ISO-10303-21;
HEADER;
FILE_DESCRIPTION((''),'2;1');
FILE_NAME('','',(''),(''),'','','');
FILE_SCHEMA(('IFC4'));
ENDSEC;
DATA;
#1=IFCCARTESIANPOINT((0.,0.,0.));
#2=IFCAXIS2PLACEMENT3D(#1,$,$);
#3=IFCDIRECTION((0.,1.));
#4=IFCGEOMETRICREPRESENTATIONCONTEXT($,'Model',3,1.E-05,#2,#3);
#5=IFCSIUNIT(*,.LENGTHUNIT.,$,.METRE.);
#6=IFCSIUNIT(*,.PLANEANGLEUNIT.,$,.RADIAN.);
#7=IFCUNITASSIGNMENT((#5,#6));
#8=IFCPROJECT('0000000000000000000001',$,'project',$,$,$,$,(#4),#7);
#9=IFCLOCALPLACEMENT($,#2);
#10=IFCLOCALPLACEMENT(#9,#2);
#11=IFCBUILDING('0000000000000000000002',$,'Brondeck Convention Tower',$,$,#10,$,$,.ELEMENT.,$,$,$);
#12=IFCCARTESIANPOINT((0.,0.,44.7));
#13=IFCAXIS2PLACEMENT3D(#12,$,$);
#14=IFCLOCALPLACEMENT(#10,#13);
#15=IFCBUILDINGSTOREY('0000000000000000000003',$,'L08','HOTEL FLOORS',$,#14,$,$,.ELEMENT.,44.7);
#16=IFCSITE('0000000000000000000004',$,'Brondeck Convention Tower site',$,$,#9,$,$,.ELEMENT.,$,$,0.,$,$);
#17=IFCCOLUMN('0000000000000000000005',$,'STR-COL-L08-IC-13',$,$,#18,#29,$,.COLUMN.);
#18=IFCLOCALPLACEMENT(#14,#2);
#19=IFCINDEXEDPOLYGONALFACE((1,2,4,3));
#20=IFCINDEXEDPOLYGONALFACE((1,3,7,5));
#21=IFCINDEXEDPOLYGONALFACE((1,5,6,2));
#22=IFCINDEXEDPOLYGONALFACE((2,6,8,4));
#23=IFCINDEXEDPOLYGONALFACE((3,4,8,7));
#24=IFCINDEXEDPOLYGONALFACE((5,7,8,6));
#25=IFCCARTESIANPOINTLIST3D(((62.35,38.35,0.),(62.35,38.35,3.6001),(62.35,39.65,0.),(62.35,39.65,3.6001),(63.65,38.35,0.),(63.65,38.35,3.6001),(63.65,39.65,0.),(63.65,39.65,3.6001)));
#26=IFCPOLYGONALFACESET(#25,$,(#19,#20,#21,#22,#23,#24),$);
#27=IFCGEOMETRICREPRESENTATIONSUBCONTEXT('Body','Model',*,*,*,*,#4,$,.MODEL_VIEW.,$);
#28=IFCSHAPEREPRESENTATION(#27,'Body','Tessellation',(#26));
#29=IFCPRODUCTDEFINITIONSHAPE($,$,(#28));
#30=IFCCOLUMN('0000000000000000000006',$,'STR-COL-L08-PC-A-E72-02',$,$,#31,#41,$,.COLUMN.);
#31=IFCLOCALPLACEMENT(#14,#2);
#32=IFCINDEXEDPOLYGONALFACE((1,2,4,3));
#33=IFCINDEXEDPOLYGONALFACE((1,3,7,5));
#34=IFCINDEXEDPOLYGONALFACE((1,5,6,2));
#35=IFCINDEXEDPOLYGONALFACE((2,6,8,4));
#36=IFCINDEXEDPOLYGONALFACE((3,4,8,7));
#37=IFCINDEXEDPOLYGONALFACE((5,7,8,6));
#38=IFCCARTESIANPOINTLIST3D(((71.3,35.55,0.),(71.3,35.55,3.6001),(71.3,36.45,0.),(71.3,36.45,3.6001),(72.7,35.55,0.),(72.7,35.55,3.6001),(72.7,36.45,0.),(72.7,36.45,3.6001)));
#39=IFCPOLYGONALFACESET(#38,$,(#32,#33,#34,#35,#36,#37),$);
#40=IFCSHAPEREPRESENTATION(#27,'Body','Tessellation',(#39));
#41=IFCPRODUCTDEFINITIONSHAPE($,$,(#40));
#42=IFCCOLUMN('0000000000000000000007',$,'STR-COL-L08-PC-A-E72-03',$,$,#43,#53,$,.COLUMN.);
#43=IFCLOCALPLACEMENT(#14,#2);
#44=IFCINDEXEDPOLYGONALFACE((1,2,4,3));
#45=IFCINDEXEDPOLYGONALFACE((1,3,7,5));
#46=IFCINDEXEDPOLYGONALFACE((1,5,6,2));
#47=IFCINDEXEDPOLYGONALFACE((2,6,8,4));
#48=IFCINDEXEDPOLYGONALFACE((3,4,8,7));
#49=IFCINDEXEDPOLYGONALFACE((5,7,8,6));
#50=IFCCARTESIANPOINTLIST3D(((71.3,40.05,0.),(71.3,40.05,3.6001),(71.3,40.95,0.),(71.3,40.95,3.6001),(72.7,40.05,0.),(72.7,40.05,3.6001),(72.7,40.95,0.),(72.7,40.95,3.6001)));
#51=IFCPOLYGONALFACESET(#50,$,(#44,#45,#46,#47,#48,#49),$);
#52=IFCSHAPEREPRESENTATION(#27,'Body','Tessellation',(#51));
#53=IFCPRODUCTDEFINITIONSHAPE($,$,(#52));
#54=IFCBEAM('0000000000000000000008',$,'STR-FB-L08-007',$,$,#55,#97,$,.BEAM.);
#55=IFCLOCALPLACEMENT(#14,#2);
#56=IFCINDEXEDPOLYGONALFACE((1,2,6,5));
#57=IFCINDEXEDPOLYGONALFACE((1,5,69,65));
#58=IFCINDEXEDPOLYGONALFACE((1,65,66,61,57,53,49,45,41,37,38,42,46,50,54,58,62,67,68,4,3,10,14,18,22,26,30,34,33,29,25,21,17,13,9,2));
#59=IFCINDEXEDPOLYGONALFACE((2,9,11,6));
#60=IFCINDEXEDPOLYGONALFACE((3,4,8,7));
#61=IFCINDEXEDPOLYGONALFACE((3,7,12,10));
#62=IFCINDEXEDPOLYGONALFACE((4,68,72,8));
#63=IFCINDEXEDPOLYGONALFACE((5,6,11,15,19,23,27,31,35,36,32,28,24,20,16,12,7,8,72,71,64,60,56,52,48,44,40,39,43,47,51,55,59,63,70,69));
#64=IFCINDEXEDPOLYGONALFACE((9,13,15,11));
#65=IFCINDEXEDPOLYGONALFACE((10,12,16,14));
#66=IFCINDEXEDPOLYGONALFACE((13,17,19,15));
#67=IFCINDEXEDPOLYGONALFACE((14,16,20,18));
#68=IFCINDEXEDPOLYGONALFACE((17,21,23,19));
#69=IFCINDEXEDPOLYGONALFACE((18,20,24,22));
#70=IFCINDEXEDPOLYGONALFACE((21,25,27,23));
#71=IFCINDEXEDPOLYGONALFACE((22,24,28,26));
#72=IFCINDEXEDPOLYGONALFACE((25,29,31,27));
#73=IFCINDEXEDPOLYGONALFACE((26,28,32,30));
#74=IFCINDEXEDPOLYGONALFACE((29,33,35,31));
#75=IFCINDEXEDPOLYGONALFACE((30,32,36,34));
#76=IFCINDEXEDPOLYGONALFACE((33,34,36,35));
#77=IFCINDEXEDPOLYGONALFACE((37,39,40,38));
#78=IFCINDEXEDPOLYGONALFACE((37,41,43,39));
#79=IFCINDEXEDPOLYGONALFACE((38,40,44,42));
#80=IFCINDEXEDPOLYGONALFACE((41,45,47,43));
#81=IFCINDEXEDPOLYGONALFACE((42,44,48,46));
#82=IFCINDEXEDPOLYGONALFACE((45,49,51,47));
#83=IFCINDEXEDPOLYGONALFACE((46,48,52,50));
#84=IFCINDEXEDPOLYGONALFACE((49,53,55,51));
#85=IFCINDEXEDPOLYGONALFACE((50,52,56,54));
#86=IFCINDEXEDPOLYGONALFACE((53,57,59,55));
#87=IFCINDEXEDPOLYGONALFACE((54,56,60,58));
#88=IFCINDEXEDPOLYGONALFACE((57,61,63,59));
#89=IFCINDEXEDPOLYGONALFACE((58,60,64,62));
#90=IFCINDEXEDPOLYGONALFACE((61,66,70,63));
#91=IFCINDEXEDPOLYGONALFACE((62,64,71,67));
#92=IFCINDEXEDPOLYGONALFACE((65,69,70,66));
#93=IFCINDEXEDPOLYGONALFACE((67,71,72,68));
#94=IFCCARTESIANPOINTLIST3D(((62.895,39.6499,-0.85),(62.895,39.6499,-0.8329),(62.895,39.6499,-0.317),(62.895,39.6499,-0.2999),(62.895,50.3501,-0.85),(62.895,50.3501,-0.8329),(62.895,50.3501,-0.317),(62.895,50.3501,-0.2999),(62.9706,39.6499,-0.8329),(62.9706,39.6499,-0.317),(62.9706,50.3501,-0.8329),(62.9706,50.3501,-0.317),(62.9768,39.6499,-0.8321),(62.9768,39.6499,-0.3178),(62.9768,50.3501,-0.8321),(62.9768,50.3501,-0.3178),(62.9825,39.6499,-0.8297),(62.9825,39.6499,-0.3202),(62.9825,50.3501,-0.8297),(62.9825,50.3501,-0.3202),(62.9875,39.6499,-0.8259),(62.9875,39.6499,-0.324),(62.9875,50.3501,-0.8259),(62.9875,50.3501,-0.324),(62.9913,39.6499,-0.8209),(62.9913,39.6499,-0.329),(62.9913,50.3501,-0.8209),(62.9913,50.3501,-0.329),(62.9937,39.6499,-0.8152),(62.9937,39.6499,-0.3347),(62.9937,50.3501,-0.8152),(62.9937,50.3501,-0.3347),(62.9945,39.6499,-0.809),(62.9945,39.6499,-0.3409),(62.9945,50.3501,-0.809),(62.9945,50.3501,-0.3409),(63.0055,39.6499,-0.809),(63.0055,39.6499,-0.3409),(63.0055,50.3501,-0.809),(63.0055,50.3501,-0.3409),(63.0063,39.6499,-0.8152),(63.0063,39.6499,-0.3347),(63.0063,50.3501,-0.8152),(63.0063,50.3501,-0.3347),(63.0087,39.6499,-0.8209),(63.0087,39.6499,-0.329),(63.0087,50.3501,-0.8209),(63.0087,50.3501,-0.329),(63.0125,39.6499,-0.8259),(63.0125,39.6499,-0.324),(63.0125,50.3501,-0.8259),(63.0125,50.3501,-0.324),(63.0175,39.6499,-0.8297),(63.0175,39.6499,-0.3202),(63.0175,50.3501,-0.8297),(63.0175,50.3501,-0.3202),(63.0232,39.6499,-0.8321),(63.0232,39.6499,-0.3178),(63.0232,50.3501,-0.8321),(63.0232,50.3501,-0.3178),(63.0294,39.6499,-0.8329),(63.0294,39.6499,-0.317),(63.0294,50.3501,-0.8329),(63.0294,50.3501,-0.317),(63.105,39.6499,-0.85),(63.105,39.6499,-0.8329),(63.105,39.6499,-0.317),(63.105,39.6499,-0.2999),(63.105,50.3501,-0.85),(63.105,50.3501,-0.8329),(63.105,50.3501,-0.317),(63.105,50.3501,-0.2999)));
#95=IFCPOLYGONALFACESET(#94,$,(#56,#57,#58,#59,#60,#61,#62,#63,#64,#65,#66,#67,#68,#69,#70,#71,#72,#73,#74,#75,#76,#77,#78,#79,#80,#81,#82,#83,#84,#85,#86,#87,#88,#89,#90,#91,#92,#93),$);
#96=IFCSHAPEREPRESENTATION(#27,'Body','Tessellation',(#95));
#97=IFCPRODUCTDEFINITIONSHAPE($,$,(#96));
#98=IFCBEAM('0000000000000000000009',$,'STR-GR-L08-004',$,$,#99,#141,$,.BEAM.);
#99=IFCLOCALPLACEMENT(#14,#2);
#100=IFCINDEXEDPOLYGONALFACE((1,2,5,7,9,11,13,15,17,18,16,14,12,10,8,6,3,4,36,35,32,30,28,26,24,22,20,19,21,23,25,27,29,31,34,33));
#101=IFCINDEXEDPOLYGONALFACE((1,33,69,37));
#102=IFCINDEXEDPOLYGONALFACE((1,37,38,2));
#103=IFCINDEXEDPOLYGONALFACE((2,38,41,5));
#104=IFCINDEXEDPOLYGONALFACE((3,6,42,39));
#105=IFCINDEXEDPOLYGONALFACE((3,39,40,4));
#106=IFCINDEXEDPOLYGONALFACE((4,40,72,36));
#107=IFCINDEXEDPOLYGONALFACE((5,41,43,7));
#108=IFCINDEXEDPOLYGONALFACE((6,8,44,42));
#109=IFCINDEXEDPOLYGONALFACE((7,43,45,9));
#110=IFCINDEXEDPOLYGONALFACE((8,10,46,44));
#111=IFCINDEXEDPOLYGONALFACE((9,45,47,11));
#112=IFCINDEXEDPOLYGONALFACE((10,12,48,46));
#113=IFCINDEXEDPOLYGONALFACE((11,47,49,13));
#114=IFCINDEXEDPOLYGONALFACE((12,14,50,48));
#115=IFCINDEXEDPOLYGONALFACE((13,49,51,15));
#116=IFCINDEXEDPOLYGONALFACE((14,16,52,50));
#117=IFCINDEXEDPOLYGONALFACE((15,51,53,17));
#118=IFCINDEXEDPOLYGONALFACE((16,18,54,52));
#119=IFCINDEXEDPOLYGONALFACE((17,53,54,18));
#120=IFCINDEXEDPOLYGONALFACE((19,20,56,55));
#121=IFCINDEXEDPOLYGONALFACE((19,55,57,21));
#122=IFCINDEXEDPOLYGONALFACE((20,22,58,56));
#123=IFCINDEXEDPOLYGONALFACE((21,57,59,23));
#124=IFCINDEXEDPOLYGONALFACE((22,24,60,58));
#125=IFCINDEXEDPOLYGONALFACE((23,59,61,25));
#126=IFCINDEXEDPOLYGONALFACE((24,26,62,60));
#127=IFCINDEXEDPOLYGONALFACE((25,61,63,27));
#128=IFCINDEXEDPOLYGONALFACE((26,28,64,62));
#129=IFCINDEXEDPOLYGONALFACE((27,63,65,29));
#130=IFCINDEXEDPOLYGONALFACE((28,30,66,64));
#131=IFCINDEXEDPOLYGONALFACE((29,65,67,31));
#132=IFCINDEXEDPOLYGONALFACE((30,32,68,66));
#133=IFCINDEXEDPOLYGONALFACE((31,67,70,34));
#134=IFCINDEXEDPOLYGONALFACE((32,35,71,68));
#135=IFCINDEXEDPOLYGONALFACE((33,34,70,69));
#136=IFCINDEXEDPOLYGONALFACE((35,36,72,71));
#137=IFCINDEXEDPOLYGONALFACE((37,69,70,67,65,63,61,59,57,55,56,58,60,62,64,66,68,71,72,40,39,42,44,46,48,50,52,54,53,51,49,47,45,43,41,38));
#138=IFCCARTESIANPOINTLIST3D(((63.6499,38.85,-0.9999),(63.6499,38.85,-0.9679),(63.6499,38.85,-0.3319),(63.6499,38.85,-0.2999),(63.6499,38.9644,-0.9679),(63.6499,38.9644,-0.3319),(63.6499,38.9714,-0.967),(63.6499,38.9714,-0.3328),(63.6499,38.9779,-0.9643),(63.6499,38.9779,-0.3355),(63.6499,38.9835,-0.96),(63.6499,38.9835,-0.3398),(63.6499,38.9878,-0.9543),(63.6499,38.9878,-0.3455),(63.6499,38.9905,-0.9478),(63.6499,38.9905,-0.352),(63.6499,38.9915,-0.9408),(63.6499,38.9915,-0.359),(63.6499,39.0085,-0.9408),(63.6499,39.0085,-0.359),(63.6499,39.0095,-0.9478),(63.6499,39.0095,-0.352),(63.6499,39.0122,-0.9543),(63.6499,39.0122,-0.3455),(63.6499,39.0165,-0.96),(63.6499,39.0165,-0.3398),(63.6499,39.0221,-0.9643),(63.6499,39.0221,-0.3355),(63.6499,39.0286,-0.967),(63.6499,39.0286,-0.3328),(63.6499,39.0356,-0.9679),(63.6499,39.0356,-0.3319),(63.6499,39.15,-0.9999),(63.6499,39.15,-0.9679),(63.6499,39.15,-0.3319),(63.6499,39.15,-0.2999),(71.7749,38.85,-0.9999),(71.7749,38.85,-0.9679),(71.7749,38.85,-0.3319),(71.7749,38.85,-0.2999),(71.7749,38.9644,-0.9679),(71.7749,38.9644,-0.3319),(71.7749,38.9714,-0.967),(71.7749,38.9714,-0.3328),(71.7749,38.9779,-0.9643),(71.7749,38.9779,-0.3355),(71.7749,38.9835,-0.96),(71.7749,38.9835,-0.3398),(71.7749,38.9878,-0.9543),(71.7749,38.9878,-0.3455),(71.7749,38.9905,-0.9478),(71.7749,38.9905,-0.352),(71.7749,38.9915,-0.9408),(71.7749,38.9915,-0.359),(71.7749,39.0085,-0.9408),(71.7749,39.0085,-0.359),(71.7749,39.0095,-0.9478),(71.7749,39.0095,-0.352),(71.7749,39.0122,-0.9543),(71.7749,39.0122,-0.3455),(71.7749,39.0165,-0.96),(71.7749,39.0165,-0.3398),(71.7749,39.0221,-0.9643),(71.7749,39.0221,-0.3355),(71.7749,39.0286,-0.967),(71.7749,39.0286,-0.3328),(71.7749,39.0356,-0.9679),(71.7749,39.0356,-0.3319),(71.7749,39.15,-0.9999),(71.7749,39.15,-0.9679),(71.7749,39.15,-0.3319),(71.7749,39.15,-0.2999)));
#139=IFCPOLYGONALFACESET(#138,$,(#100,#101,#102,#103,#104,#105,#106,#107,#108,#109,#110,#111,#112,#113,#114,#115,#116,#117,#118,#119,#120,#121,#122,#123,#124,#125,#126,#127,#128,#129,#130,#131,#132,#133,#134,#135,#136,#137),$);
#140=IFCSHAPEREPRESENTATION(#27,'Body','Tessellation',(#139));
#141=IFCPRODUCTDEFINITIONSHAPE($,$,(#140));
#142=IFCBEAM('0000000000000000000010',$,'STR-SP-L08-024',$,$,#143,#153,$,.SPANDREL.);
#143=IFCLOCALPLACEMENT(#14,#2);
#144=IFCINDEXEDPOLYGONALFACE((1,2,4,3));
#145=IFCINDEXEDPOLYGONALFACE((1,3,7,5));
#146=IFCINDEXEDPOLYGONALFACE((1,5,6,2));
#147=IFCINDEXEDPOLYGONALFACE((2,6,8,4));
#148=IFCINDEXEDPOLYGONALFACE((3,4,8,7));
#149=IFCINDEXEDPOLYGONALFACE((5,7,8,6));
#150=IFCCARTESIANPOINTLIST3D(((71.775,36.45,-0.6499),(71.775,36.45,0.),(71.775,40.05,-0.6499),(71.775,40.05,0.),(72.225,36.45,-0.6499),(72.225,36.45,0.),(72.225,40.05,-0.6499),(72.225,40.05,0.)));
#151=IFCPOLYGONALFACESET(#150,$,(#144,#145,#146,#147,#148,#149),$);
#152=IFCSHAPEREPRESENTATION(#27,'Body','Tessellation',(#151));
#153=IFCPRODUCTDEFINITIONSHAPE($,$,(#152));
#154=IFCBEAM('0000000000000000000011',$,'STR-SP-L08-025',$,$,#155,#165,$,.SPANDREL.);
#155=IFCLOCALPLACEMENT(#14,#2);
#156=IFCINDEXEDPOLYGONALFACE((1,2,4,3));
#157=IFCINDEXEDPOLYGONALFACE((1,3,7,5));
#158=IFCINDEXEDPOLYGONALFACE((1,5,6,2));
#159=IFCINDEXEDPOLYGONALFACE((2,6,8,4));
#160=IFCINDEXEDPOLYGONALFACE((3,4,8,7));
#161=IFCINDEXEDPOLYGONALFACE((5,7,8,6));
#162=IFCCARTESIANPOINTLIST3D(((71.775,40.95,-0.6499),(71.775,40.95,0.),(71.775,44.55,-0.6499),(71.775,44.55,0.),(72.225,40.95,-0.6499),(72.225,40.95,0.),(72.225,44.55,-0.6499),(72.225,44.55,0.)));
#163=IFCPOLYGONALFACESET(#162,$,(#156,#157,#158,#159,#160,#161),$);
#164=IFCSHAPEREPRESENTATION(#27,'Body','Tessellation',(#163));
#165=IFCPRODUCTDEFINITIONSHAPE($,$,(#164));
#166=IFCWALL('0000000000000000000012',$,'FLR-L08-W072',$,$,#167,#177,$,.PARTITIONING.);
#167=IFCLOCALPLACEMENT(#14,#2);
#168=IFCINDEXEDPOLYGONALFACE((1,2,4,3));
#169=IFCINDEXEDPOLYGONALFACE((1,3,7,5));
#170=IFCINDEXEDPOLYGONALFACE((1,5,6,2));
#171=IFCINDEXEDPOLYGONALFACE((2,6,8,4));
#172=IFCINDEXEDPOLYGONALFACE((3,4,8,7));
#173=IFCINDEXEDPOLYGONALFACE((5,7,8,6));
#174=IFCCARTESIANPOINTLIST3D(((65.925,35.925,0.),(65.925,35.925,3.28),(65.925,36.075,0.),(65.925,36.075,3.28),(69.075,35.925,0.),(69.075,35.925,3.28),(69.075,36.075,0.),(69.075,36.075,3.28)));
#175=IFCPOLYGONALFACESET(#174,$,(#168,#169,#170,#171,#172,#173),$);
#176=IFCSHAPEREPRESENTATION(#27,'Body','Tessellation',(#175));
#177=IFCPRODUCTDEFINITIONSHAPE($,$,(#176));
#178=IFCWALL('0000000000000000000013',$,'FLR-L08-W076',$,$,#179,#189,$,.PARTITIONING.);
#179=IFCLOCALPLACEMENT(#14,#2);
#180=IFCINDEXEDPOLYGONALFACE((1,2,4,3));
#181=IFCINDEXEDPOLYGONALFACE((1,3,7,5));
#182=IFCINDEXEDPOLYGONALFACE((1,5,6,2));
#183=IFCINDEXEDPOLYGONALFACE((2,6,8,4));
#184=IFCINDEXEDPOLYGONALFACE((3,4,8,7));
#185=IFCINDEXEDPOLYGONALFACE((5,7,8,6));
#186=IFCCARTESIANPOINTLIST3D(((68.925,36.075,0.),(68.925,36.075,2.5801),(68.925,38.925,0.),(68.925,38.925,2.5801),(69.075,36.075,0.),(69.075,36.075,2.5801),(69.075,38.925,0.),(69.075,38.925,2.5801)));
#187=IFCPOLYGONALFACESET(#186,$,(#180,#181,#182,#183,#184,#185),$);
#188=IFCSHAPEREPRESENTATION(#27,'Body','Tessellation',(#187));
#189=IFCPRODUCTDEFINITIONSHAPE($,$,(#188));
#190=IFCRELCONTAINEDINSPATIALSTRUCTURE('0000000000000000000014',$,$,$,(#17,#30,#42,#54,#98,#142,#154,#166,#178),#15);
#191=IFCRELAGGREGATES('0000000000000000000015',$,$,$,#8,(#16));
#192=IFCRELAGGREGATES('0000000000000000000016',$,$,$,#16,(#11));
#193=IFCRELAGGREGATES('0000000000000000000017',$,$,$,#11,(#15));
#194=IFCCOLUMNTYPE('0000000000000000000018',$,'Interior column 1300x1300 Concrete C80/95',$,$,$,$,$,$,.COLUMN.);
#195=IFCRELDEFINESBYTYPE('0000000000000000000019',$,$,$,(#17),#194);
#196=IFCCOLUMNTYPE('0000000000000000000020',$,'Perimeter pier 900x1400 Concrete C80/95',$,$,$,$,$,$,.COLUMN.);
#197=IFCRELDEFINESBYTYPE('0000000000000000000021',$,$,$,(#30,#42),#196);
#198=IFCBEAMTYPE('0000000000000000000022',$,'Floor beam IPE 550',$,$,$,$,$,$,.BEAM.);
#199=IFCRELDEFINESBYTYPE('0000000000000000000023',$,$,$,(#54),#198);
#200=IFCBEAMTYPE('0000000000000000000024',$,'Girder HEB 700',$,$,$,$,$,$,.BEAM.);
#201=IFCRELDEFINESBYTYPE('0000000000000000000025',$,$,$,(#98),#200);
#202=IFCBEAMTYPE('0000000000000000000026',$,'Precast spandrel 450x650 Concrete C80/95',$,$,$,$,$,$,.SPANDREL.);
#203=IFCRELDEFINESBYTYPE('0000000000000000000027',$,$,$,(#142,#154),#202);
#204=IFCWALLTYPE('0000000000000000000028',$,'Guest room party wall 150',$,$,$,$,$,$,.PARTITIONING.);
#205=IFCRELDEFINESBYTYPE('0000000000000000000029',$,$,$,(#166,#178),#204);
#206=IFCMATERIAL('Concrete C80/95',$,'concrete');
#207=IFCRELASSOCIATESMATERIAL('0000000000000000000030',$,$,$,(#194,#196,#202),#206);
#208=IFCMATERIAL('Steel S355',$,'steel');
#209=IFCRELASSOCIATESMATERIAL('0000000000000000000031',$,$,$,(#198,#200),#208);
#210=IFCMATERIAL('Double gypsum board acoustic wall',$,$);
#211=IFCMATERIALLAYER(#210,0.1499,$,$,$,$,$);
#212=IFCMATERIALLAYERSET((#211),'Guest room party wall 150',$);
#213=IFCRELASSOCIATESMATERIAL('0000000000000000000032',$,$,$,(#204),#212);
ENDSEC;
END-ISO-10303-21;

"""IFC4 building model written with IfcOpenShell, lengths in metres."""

from ifc_helpers import new_model, si_unit, direction, frame, frame_2d, origin, origin_2d, place, context, subcontext, project, spatial, rectangle, i_section, extrude, material, layer, layer_set, material_profile, profile_set, type_object, element, save


model = new_model("IFC4")

# Units and contexts
model_context = context("Model", 3, precision=1e-05, world=origin(), true_north=direction((0.0, 1.0)))
body_context = subcontext(model_context, "Body", "Model", "MODEL_VIEW")
ifc_project = project(units=[si_unit("LENGTHUNIT", "METRE"), si_unit("PLANEANGLEUNIT", "RADIAN")], contexts=[model_context])

# Site, building, storey
site_placement = place(None, origin())
site = spatial("IfcSite", under=ifc_project, at=site_placement, Name="Brondeck Convention Tower site", CompositionType="ELEMENT", RefElevation=0.0)
building_placement = place(site_placement, origin())
building = spatial("IfcBuilding", under=site, at=building_placement, Name="Brondeck Convention Tower", CompositionType="ELEMENT")
storey_placement = place(building_placement, frame((0.0, 0.0, 44.7)))
storey = spatial("IfcBuildingStorey", under=building, at=storey_placement, Name="L08", Description="HOTEL FLOORS", CompositionType="ELEMENT", Elevation=44.7)

# Columns
ifc_material_1 = material(Name="Concrete C80/95", Category="concrete")
ifc_material_profile_1 = material_profile(ifc_material_1, rectangle(XDim=1.3, YDim=1.3, at=origin_2d()), Name="Interior column 1300x1300 Concrete C80/95")
ifc_profile_set_1 = profile_set([ifc_material_profile_1], Name="Concrete C80/95")
column_type_1 = type_object("IfcColumnType", Name="Interior column 1300x1300 Concrete C80/95", PredefinedType="COLUMN", material=ifc_profile_set_1)
column_placement = place(storey_placement, frame((63.0, 39.0, 0.0), z_axis=(0.0, 0.0, 1.0), x_axis=(1.0, 0.0, 0.0)))
element("IfcColumn", 1, at=column_placement, inside=storey, type_object=column_type_1, Name="STR-COL-L08-IC-13", PredefinedType="COLUMN", context=body_context, shape_type="SweptSolid", body=[
    extrude(rectangle(XDim=1.3, YDim=1.3, at=origin_2d()), origin(), (0.0, 0.0, 1.0), 3.6001),
])
ifc_material_profile_2 = material_profile(ifc_material_1, rectangle(XDim=0.8999, YDim=1.3999, at=origin_2d()), Name="Perimeter pier 900x1400 Concrete C80/95")
ifc_profile_set_2 = profile_set([ifc_material_profile_2], Name="Concrete C80/95")
column_type_2 = type_object("IfcColumnType", Name="Perimeter pier 900x1400 Concrete C80/95", PredefinedType="COLUMN", material=ifc_profile_set_2)
for number, where, z_axis, x_axis, name in (
    (2, (72.0, 36.0, 0.0), (0.0, 0.0, 1.0), (0.0, 1.0, 0.0), "STR-COL-L08-PC-A-E72-02"),
    (3, (72.0, 40.5, 0.0), (0.0, 0.0, 1.0), (0.0, 1.0, 0.0), "STR-COL-L08-PC-A-E72-03"),
):
    element("IfcColumn", number, at=place(storey_placement, frame(where, z_axis=z_axis, x_axis=x_axis)), inside=storey, type_object=column_type_2, Name=name, PredefinedType="COLUMN", context=body_context, shape_type="SweptSolid", body=[
        extrude(rectangle(XDim=0.8999, YDim=1.3999, at=origin_2d()), origin(), (0.0, 0.0, 1.0), 3.6001),
    ])

# Beams
ifc_material_2 = material(Name="Steel S355", Category="steel")
ifc_material_profile_3 = material_profile(ifc_material_2, i_section(OverallWidth=0.21, OverallDepth=0.55, WebThickness=0.011, FlangeThickness=0.0171, FilletRadius=0.0239, at=origin_2d()), Name="IPE 550")
ifc_profile_set_3 = profile_set([ifc_material_profile_3], Name="Steel S355")
beam_type_1 = type_object("IfcBeamType", Name="Floor beam IPE 550", PredefinedType="BEAM", material=ifc_profile_set_3)
beam_1_placement = place(storey_placement, frame((63.0, 39.6499, -0.575), z_axis=(0.0, 1.0, 0.0), x_axis=(-1.0, 0.0, 0.0)))
element("IfcBeam", 4, at=beam_1_placement, inside=storey, type_object=beam_type_1, Name="STR-FB-L08-007", PredefinedType="BEAM", context=body_context, shape_type="SweptSolid", body=[
    extrude(i_section(OverallWidth=0.21, OverallDepth=0.55, WebThickness=0.011, FlangeThickness=0.0171, FilletRadius=0.0239, at=origin_2d()), origin(), (0.0, 0.0, 1.0), 10.7002),
])
ifc_material_profile_4 = material_profile(ifc_material_2, i_section(OverallWidth=0.3, OverallDepth=0.7, WebThickness=0.0171, FlangeThickness=0.032, FilletRadius=0.0271, at=origin_2d()), Name="HEB 700")
ifc_profile_set_4 = profile_set([ifc_material_profile_4], Name="Steel S355")
beam_type_2 = type_object("IfcBeamType", Name="Girder HEB 700", PredefinedType="BEAM", material=ifc_profile_set_4)
beam_2_placement = place(storey_placement, frame((63.6499, 39.0, -0.6499), z_axis=(1.0, 0.0, 0.0), x_axis=(0.0, 1.0, 0.0)))
element("IfcBeam", 5, at=beam_2_placement, inside=storey, type_object=beam_type_2, Name="STR-GR-L08-004", PredefinedType="BEAM", context=body_context, shape_type="SweptSolid", body=[
    extrude(i_section(OverallWidth=0.3, OverallDepth=0.7, WebThickness=0.0171, FlangeThickness=0.032, FilletRadius=0.0271, at=origin_2d()), origin(), (0.0, 0.0, 1.0), 8.125),
])
ifc_material_profile_5 = material_profile(ifc_material_1, rectangle(XDim=0.45, YDim=0.6499, at=origin_2d()), Name="Precast spandrel 450x650 Concrete C80/95")
ifc_profile_set_5 = profile_set([ifc_material_profile_5], Name="Concrete C80/95")
beam_type_3 = type_object("IfcBeamType", Name="Precast spandrel 450x650 Concrete C80/95", PredefinedType="SPANDREL", material=ifc_profile_set_5)
for number, where, z_axis, x_axis, name in (
    (6, (72.0, 36.45, -0.325), (0.0, 1.0, 0.0), (-1.0, 0.0, 0.0), "STR-SP-L08-024"),
    (7, (72.0, 40.95, -0.325), (0.0, 1.0, 0.0), (-1.0, 0.0, 0.0), "STR-SP-L08-025"),
):
    element("IfcBeam", number, at=place(storey_placement, frame(where, z_axis=z_axis, x_axis=x_axis)), inside=storey, type_object=beam_type_3, Name=name, PredefinedType="SPANDREL", context=body_context, shape_type="SweptSolid", body=[
        extrude(rectangle(XDim=0.45, YDim=0.6499, at=origin_2d()), origin(), (0.0, 0.0, 1.0), 3.6001),
    ])

# Walls
ifc_material_3 = material(Name="Double gypsum board acoustic wall")
ifc_layer_1 = layer(ifc_material_3, 0.1499)
ifc_layer_set_1 = layer_set([ifc_layer_1], Name="Guest room party wall 150")
wall_type_1 = type_object("IfcWallType", Name="Guest room party wall 150", PredefinedType="PARTITIONING", material=ifc_layer_set_1)
wall_1_placement = place(storey_placement, frame((65.925, 36.0, 0.0), z_axis=(0.0, 0.0, 1.0), x_axis=(1.0, 0.0, 0.0)))
element("IfcWall", 8, at=wall_1_placement, inside=storey, type_object=wall_type_1, Name="FLR-L08-W072", PredefinedType="PARTITIONING", context=body_context, shape_type="SweptSolid", body=[
    extrude(rectangle(XDim=3.1499, YDim=0.1499, at=frame_2d((1.575, 0.0))), origin(), (0.0, 0.0, 1.0), 3.28),
])
wall_2_placement = place(storey_placement, frame((69.0, 36.075, 0.0), z_axis=(0.0, 0.0, 1.0), x_axis=(0.0, 1.0, 0.0)))
element("IfcWall", 9, at=wall_2_placement, inside=storey, type_object=wall_type_1, Name="FLR-L08-W076", PredefinedType="PARTITIONING", context=body_context, shape_type="SweptSolid", body=[
    extrude(rectangle(XDim=2.8501, YDim=0.1499, at=frame_2d((1.425, 0.0))), origin(), (0.0, 0.0, 1.0), 2.5801),
])

save(model, "model.ifc")
